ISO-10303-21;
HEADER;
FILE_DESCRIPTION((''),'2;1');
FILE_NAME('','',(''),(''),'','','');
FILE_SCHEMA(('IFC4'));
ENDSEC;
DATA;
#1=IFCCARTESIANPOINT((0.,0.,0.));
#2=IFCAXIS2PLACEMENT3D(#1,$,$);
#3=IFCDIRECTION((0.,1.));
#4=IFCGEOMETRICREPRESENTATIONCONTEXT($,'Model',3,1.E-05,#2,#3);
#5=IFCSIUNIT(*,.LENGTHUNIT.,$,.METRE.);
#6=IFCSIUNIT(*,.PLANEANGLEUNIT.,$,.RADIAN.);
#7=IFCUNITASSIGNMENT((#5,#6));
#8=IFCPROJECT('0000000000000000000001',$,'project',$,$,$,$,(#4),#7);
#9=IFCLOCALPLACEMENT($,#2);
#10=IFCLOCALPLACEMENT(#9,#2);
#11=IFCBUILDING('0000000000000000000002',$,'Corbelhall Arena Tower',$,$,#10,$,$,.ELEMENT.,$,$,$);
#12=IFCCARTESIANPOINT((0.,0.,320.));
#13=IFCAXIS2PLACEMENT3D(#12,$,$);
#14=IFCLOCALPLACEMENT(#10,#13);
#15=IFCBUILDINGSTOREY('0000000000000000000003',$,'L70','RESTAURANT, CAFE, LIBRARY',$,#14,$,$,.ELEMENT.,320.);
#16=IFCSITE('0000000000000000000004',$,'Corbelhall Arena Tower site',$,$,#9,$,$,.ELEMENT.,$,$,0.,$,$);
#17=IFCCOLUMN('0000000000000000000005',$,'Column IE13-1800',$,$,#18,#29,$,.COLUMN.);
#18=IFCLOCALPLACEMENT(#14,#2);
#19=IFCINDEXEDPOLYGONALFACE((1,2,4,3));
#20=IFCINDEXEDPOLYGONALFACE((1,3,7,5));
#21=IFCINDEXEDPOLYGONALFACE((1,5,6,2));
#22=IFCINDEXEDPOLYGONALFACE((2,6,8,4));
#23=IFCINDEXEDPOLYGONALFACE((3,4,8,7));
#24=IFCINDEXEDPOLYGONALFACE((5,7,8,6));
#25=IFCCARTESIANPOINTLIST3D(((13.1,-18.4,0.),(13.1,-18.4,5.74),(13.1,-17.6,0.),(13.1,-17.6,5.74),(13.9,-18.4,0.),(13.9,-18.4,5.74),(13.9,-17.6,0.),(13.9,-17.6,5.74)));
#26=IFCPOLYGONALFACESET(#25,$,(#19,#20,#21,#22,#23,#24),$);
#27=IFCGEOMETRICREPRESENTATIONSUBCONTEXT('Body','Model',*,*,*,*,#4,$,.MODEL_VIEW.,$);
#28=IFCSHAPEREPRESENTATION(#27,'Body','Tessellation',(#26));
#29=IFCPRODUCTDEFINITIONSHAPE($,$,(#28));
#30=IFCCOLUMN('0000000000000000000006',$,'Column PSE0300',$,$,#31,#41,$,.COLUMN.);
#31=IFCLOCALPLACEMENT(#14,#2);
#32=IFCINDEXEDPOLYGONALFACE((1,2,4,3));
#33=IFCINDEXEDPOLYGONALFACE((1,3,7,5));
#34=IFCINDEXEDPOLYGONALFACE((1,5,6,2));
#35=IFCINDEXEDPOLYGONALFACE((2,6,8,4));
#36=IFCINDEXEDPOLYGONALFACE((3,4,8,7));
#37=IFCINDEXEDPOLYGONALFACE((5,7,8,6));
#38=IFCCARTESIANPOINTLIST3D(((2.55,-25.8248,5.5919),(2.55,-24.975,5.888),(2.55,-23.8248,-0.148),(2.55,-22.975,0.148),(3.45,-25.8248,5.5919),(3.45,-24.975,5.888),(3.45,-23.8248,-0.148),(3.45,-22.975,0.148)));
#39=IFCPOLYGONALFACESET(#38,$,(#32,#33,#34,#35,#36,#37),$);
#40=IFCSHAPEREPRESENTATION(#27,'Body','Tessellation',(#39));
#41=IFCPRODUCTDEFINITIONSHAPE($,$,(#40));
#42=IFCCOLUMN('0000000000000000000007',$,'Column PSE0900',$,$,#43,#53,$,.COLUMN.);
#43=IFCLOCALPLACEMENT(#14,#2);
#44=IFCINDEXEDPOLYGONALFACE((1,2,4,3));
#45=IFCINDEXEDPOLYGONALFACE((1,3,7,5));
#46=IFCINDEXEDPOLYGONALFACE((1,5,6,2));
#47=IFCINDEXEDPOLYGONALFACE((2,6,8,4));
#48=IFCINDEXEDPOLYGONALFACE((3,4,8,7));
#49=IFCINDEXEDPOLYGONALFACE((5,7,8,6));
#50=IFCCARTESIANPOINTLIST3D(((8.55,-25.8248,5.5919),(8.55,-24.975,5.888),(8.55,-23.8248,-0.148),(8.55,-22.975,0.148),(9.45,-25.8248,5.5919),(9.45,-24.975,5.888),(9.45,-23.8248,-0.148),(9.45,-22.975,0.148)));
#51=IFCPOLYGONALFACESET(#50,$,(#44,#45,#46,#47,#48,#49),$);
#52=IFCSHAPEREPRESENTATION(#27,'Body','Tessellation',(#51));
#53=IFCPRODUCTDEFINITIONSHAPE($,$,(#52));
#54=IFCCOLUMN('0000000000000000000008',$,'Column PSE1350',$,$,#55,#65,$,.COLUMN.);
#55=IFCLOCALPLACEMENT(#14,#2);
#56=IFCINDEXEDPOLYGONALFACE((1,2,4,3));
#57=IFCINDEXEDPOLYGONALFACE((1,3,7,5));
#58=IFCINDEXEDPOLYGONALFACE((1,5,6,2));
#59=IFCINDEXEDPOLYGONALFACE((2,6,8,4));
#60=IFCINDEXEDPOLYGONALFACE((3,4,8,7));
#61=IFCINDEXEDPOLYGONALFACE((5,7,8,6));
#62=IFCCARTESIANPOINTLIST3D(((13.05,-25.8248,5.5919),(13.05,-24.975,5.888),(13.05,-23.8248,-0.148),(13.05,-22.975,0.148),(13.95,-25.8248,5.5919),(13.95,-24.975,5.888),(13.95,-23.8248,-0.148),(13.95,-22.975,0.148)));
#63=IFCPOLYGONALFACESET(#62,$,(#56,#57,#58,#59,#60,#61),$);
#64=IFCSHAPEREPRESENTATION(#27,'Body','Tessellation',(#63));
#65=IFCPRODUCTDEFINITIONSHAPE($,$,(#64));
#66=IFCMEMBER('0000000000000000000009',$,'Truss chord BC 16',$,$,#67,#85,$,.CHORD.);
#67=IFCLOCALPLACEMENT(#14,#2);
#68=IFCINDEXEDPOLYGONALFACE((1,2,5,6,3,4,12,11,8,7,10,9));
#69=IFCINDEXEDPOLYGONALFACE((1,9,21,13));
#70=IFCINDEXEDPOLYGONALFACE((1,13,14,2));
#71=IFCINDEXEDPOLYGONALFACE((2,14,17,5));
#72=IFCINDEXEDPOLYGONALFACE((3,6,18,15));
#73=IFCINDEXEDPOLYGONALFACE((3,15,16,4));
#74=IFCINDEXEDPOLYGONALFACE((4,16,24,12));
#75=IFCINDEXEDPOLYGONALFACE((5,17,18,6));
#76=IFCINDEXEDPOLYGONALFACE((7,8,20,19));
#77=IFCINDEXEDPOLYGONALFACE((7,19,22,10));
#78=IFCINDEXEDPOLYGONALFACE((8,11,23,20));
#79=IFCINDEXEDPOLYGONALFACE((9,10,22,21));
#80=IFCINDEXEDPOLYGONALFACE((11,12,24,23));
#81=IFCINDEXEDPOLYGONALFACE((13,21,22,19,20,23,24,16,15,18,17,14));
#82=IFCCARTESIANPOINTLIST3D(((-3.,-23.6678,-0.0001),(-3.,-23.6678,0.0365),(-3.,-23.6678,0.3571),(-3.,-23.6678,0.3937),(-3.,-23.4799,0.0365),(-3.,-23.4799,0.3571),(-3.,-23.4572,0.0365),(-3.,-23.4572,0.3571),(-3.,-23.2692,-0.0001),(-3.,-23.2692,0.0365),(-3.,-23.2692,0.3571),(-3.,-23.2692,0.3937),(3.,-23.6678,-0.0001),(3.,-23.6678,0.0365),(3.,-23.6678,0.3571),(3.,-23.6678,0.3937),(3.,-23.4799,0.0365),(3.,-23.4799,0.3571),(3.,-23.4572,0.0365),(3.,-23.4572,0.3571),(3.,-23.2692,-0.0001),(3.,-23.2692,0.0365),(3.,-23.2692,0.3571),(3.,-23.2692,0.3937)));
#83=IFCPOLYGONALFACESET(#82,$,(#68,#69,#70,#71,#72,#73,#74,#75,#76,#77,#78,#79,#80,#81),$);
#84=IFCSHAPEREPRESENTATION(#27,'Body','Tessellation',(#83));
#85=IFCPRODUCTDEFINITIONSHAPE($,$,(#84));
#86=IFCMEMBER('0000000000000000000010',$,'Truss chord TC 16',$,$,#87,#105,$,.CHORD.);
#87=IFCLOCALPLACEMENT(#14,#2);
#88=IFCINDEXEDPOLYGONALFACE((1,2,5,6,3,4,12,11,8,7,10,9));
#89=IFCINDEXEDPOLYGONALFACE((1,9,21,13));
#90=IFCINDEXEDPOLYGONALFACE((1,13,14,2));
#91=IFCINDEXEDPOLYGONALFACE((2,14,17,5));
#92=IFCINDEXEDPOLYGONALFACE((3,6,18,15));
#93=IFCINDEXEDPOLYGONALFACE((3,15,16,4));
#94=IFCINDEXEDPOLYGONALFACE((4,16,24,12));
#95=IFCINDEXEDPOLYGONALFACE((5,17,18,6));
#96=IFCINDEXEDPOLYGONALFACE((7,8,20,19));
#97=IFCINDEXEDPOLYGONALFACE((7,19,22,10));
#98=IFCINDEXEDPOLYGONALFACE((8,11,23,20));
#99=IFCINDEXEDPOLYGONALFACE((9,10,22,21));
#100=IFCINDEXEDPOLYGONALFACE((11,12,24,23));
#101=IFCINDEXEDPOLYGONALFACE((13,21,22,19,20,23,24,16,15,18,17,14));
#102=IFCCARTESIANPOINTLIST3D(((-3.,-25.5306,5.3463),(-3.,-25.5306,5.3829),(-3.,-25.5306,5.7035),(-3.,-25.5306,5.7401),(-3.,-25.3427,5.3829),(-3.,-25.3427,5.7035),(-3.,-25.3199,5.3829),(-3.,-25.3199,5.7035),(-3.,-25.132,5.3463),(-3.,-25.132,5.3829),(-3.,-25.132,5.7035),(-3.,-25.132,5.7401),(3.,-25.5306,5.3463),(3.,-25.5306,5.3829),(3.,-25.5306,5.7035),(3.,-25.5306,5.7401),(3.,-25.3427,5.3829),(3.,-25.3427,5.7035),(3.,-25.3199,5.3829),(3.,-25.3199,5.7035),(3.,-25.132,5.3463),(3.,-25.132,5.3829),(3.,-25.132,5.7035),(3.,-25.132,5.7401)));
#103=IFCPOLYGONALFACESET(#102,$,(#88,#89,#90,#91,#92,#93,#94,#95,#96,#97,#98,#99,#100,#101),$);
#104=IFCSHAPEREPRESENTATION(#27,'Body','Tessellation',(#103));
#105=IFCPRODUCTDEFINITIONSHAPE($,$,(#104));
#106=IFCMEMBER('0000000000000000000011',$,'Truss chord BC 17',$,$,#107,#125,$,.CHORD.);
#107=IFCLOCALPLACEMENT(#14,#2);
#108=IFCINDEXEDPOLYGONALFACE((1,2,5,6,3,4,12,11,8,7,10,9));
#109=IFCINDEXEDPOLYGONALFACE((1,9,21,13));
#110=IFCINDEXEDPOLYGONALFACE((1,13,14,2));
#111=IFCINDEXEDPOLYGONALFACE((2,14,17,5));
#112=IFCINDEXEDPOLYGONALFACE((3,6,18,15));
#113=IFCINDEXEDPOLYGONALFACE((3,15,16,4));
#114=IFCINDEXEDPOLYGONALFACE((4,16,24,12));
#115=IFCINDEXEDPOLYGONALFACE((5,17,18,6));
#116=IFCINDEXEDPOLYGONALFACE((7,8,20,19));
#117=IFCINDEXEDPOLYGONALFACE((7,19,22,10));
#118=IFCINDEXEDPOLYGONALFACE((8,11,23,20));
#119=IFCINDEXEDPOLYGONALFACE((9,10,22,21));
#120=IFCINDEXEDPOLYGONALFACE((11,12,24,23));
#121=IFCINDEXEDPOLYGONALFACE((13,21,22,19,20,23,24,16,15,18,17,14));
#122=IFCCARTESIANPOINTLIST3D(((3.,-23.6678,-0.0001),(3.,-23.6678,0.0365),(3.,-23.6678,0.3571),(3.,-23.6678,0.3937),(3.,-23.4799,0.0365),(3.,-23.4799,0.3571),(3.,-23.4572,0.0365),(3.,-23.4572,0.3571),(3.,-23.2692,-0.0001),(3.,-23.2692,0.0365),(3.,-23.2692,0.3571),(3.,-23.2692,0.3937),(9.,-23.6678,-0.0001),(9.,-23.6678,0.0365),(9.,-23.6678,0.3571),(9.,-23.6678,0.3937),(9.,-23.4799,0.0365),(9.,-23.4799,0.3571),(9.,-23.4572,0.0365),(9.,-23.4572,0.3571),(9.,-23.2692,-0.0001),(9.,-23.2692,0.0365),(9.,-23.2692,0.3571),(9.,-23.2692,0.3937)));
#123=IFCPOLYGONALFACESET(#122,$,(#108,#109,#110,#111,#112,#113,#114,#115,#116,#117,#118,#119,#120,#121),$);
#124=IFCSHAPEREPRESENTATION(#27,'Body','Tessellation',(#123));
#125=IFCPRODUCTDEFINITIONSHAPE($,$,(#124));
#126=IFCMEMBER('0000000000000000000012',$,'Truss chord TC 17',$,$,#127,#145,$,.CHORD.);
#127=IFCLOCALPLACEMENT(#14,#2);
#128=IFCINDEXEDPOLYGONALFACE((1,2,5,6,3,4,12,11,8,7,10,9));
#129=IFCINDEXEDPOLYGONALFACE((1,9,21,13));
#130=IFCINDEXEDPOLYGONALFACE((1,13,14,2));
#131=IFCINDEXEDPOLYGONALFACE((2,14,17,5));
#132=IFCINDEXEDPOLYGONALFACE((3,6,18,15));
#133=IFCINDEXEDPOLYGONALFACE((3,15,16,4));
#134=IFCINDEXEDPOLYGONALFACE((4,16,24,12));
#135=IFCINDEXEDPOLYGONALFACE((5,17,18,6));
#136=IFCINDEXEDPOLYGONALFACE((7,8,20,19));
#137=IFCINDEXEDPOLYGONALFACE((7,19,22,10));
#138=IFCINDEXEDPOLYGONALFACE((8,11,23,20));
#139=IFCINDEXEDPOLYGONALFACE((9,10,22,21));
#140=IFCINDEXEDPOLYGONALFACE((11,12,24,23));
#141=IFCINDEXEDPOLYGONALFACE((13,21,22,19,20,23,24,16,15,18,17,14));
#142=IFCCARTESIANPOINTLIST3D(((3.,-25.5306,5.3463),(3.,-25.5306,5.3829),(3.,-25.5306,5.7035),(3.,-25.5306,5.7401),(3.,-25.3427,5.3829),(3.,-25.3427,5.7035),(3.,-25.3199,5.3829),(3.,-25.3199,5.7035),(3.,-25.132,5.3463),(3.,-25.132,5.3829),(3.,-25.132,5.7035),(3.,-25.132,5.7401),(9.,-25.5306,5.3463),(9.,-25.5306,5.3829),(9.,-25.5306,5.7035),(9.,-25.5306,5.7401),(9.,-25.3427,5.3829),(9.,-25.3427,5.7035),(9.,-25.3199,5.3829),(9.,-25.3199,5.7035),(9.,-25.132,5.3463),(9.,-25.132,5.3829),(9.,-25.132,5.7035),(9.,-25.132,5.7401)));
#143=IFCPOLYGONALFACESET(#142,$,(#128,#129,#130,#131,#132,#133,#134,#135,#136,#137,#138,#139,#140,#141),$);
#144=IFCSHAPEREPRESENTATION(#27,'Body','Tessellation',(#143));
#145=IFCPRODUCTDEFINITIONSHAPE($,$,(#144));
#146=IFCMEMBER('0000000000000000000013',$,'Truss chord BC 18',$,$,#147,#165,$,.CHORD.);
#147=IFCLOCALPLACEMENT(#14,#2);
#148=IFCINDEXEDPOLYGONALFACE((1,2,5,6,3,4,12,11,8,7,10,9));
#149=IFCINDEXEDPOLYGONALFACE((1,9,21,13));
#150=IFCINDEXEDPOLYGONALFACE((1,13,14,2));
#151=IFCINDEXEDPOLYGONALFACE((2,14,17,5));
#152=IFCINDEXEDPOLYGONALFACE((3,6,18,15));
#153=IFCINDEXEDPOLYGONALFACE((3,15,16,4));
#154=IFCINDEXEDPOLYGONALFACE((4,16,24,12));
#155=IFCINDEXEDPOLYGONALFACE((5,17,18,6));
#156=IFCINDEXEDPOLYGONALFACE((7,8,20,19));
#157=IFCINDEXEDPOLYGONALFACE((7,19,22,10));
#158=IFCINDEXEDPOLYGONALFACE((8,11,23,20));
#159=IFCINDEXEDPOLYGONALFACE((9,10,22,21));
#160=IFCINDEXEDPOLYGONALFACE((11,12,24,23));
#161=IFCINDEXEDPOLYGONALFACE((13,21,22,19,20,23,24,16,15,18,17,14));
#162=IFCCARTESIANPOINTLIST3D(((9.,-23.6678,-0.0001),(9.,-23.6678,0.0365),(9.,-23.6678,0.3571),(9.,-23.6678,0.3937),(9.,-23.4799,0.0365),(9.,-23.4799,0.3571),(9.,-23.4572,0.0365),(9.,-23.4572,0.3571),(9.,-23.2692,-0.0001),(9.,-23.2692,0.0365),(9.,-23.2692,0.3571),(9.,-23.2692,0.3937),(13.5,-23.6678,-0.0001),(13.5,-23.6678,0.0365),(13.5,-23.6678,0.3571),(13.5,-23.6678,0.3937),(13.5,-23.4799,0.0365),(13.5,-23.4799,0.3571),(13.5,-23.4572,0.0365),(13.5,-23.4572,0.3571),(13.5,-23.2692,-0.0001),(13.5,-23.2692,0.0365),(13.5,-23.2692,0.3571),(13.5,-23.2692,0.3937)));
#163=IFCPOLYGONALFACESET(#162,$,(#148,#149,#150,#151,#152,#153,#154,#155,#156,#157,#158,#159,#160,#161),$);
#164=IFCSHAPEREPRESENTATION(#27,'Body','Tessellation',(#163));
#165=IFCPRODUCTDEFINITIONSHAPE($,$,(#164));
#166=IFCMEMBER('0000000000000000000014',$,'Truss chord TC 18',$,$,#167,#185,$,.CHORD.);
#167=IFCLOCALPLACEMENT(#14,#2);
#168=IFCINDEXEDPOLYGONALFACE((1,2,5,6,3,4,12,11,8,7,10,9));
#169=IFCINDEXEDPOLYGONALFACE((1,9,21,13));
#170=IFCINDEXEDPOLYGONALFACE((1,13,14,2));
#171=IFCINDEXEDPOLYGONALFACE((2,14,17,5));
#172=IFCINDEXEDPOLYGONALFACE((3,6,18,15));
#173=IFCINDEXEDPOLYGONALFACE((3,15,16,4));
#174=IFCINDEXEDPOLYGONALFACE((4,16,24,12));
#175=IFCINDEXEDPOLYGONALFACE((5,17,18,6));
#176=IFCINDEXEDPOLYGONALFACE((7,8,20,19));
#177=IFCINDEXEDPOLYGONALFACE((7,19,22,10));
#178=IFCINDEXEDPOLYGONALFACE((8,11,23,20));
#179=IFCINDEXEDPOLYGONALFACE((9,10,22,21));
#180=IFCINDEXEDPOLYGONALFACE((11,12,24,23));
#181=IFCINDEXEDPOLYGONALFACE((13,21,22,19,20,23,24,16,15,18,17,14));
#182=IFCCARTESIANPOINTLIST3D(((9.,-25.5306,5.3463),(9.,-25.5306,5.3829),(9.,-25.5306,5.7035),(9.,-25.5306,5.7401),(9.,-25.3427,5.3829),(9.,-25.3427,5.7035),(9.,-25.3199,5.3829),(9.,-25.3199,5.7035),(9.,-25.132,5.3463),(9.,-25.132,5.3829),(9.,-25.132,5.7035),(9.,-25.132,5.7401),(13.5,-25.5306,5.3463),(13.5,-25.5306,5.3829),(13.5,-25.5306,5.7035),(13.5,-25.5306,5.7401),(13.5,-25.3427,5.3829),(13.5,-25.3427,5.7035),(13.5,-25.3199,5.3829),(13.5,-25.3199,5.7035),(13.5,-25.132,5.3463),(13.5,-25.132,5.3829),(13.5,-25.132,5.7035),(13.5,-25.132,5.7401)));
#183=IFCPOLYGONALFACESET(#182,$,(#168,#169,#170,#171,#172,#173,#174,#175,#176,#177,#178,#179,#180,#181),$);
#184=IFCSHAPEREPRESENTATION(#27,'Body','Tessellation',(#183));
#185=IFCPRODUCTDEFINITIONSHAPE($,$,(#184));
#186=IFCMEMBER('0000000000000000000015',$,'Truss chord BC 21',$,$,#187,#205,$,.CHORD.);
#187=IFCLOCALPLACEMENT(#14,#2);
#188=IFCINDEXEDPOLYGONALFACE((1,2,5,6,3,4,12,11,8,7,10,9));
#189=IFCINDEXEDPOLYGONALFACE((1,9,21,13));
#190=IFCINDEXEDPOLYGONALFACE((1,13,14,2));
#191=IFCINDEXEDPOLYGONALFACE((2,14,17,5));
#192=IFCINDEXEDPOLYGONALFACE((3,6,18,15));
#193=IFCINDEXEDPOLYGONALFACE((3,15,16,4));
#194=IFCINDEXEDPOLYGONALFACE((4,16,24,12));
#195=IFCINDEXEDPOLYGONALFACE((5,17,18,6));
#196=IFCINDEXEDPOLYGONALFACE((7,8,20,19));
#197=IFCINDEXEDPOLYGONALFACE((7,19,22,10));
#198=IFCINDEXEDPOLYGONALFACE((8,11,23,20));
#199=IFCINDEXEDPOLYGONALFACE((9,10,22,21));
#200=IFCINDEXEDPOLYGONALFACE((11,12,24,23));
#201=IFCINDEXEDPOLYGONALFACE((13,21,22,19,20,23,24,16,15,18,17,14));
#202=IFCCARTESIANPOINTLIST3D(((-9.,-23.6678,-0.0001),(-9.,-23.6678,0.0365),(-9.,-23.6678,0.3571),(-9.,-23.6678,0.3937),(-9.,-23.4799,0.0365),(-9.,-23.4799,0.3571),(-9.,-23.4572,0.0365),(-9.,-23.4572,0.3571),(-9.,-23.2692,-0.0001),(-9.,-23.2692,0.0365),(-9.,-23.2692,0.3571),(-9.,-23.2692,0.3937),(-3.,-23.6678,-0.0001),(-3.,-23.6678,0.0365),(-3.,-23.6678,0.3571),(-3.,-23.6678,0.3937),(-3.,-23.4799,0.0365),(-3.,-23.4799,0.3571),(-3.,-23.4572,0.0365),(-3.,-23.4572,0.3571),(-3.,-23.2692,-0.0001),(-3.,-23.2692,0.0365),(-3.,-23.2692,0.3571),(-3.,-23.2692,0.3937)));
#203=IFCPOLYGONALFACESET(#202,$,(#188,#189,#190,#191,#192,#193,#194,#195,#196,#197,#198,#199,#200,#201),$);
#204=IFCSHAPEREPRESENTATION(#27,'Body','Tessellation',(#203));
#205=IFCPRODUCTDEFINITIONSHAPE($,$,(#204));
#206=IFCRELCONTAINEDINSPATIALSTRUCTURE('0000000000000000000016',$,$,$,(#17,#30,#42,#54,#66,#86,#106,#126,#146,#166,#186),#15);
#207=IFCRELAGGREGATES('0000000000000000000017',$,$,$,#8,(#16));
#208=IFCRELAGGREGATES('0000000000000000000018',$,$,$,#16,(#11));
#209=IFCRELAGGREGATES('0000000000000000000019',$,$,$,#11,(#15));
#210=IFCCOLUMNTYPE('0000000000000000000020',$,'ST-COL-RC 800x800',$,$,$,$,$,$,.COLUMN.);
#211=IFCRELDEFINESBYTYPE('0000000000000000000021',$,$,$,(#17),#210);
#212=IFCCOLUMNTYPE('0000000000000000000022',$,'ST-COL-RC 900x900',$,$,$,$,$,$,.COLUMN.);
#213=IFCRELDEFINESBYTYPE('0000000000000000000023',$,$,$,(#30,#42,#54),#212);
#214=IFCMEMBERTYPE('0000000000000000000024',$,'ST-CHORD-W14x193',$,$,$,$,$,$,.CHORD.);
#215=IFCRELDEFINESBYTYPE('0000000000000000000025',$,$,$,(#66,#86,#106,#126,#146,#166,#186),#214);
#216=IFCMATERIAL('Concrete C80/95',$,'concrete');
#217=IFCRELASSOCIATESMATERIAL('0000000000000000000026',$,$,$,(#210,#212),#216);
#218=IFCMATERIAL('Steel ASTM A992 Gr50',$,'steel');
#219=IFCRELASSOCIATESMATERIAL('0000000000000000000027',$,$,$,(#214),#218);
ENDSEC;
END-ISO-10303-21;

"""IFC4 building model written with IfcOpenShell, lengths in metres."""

from ifc_helpers import new_model, si_unit, direction, frame, origin, origin_2d, place, context, subcontext, project, spatial, rectangle, i_section, extrude, material, material_profile, profile_set, type_object, element, save


model = new_model("IFC4")

# Units and contexts
model_context = context("Model", 3, precision=1e-05, world=origin(), true_north=direction((0.0, 1.0)))
body_context = subcontext(model_context, "Body", "Model", "MODEL_VIEW")
ifc_project = project(units=[si_unit("LENGTHUNIT", "METRE"), si_unit("PLANEANGLEUNIT", "RADIAN")], contexts=[model_context])

# Site, building, storey
site_placement = place(None, origin())
site = spatial("IfcSite", under=ifc_project, at=site_placement, Name="Corbelhall Arena Tower site", CompositionType="ELEMENT", RefElevation=0.0)
building_placement = place(site_placement, origin())
building = spatial("IfcBuilding", under=site, at=building_placement, Name="Corbelhall Arena Tower", CompositionType="ELEMENT")
storey_placement = place(building_placement, frame((0.0, 0.0, 320.0)))
storey = spatial("IfcBuildingStorey", under=building, at=storey_placement, Name="L70", Description="RESTAURANT, CAFE, LIBRARY", CompositionType="ELEMENT", Elevation=320.0)

# Columns
ifc_material_1 = material(Name="Concrete C80/95", Category="concrete")
ifc_material_profile_1 = material_profile(ifc_material_1, rectangle(XDim=0.8, YDim=0.8, at=origin_2d()))
ifc_profile_set_1 = profile_set([ifc_material_profile_1], Name="Concrete C80/95")
column_type_1 = type_object("IfcColumnType", Name="ST-COL-RC 800x800", PredefinedType="COLUMN", material=ifc_profile_set_1)
column_placement = place(storey_placement, frame((13.5, -18.0, 0.0), z_axis=(0.0, 0.0, 1.0), x_axis=(1.0, 0.0, 0.0)))
element("IfcColumn", 1, at=column_placement, inside=storey, type_object=column_type_1, Name="Column IE13-1800", PredefinedType="COLUMN", context=body_context, shape_type="SweptSolid", body=[
    extrude(rectangle(XDim=0.8, YDim=0.8, at=origin_2d()), origin(), (0.0, 0.0, 1.0), 5.74),
])
ifc_material_profile_2 = material_profile(ifc_material_1, rectangle(XDim=0.8999, YDim=0.8999, at=origin_2d()))
ifc_profile_set_2 = profile_set([ifc_material_profile_2], Name="Concrete C80/95")
column_type_2 = type_object("IfcColumnType", Name="ST-COL-RC 900x900", PredefinedType="COLUMN", material=ifc_profile_set_2)
for number, where, z_axis, x_axis, name in (
    (2, (3.0, -23.3999, 0.0), (0.0, -0.329032, 0.944319), (1.0, 0.0, 0.0), "Column PSE0300"),
    (3, (9.0, -23.3999, 0.0), (0.0, -0.329032, 0.944319), (1.0, 0.0, 0.0), "Column PSE0900"),
    (4, (13.5, -23.3999, 0.0), (0.0, -0.329032, 0.944319), (1.0, 0.0, 0.0), "Column PSE1350"),
):
    element("IfcColumn", number, at=place(storey_placement, frame(where, z_axis=z_axis, x_axis=x_axis)), inside=storey, type_object=column_type_2, Name=name, PredefinedType="COLUMN", context=body_context, shape_type="SweptSolid", body=[
        extrude(rectangle(XDim=0.8999, YDim=0.8999, at=origin_2d()), origin(), (0.0, 0.0, 1.0), 6.0784),
    ])

# Members
ifc_material_2 = material(Name="Steel ASTM A992 Gr50", Category="steel")
ifc_material_profile_3 = material_profile(ifc_material_2, i_section(OverallWidth=0.3987, OverallDepth=0.3938, WebThickness=0.0227, FlangeThickness=0.0366, at=origin_2d()))
ifc_profile_set_3 = profile_set([ifc_material_profile_3], Name="Steel ASTM A992 Gr50")
member_type_1 = type_object("IfcMemberType", Name="ST-CHORD-W14x193", PredefinedType="CHORD", material=ifc_profile_set_3)
for number, where, z_axis, x_axis, name in (
    (5, (3.0, -23.4685, 0.1968), (-1.0, 0.0, 0.0), (0.0, -1.0, 0.0), "Truss chord BC 16"),
    (6, (3.0, -25.3313, 5.5432), (-1.0, 0.0, 0.0), (0.0, -1.0, 0.0), "Truss chord TC 16"),
    (7, (9.0, -23.4685, 0.1968), (-1.0, 0.0, 0.0), (0.0, -1.0, 0.0), "Truss chord BC 17"),
    (8, (9.0, -25.3313, 5.5432), (-1.0, 0.0, 0.0), (0.0, -1.0, 0.0), "Truss chord TC 17"),
):
    element("IfcMember", number, at=place(storey_placement, frame(where, z_axis=z_axis, x_axis=x_axis)), inside=storey, type_object=member_type_1, Name=name, PredefinedType="CHORD", context=body_context, shape_type="SweptSolid", body=[
        extrude(i_section(OverallWidth=0.3987, OverallDepth=0.3938, WebThickness=0.0227, FlangeThickness=0.0366, at=origin_2d()), origin(), (0.0, 0.0, 1.0), 6.0),
    ])
for number, where, z_axis, x_axis, name in (
    (9, (13.5, -23.4685, 0.1968), (-1.0, 0.0, 0.0), (0.0, -1.0, 0.0), "Truss chord BC 18"),
    (10, (13.5, -25.3313, 5.5432), (-1.0, 0.0, 0.0), (0.0, -1.0, 0.0), "Truss chord TC 18"),
):
    element("IfcMember", number, at=place(storey_placement, frame(where, z_axis=z_axis, x_axis=x_axis)), inside=storey, type_object=member_type_1, Name=name, PredefinedType="CHORD", context=body_context, shape_type="SweptSolid", body=[
        extrude(i_section(OverallWidth=0.3987, OverallDepth=0.3938, WebThickness=0.0227, FlangeThickness=0.0366, at=origin_2d()), origin(), (0.0, 0.0, 1.0), 4.5),
    ])
for number, where, z_axis, x_axis, name in (
    (11, (-3.0, -23.4685, 0.1968), (-1.0, 0.0, 0.0), (0.0, -1.0, 0.0), "Truss chord BC 21"),
):
    element("IfcMember", number, at=place(storey_placement, frame(where, z_axis=z_axis, x_axis=x_axis)), inside=storey, type_object=member_type_1, Name=name, PredefinedType="CHORD", context=body_context, shape_type="SweptSolid", body=[
        extrude(i_section(OverallWidth=0.3987, OverallDepth=0.3938, WebThickness=0.0227, FlangeThickness=0.0366, at=origin_2d()), origin(), (0.0, 0.0, 1.0), 6.0),
    ])

save(model, "model.ifc")
